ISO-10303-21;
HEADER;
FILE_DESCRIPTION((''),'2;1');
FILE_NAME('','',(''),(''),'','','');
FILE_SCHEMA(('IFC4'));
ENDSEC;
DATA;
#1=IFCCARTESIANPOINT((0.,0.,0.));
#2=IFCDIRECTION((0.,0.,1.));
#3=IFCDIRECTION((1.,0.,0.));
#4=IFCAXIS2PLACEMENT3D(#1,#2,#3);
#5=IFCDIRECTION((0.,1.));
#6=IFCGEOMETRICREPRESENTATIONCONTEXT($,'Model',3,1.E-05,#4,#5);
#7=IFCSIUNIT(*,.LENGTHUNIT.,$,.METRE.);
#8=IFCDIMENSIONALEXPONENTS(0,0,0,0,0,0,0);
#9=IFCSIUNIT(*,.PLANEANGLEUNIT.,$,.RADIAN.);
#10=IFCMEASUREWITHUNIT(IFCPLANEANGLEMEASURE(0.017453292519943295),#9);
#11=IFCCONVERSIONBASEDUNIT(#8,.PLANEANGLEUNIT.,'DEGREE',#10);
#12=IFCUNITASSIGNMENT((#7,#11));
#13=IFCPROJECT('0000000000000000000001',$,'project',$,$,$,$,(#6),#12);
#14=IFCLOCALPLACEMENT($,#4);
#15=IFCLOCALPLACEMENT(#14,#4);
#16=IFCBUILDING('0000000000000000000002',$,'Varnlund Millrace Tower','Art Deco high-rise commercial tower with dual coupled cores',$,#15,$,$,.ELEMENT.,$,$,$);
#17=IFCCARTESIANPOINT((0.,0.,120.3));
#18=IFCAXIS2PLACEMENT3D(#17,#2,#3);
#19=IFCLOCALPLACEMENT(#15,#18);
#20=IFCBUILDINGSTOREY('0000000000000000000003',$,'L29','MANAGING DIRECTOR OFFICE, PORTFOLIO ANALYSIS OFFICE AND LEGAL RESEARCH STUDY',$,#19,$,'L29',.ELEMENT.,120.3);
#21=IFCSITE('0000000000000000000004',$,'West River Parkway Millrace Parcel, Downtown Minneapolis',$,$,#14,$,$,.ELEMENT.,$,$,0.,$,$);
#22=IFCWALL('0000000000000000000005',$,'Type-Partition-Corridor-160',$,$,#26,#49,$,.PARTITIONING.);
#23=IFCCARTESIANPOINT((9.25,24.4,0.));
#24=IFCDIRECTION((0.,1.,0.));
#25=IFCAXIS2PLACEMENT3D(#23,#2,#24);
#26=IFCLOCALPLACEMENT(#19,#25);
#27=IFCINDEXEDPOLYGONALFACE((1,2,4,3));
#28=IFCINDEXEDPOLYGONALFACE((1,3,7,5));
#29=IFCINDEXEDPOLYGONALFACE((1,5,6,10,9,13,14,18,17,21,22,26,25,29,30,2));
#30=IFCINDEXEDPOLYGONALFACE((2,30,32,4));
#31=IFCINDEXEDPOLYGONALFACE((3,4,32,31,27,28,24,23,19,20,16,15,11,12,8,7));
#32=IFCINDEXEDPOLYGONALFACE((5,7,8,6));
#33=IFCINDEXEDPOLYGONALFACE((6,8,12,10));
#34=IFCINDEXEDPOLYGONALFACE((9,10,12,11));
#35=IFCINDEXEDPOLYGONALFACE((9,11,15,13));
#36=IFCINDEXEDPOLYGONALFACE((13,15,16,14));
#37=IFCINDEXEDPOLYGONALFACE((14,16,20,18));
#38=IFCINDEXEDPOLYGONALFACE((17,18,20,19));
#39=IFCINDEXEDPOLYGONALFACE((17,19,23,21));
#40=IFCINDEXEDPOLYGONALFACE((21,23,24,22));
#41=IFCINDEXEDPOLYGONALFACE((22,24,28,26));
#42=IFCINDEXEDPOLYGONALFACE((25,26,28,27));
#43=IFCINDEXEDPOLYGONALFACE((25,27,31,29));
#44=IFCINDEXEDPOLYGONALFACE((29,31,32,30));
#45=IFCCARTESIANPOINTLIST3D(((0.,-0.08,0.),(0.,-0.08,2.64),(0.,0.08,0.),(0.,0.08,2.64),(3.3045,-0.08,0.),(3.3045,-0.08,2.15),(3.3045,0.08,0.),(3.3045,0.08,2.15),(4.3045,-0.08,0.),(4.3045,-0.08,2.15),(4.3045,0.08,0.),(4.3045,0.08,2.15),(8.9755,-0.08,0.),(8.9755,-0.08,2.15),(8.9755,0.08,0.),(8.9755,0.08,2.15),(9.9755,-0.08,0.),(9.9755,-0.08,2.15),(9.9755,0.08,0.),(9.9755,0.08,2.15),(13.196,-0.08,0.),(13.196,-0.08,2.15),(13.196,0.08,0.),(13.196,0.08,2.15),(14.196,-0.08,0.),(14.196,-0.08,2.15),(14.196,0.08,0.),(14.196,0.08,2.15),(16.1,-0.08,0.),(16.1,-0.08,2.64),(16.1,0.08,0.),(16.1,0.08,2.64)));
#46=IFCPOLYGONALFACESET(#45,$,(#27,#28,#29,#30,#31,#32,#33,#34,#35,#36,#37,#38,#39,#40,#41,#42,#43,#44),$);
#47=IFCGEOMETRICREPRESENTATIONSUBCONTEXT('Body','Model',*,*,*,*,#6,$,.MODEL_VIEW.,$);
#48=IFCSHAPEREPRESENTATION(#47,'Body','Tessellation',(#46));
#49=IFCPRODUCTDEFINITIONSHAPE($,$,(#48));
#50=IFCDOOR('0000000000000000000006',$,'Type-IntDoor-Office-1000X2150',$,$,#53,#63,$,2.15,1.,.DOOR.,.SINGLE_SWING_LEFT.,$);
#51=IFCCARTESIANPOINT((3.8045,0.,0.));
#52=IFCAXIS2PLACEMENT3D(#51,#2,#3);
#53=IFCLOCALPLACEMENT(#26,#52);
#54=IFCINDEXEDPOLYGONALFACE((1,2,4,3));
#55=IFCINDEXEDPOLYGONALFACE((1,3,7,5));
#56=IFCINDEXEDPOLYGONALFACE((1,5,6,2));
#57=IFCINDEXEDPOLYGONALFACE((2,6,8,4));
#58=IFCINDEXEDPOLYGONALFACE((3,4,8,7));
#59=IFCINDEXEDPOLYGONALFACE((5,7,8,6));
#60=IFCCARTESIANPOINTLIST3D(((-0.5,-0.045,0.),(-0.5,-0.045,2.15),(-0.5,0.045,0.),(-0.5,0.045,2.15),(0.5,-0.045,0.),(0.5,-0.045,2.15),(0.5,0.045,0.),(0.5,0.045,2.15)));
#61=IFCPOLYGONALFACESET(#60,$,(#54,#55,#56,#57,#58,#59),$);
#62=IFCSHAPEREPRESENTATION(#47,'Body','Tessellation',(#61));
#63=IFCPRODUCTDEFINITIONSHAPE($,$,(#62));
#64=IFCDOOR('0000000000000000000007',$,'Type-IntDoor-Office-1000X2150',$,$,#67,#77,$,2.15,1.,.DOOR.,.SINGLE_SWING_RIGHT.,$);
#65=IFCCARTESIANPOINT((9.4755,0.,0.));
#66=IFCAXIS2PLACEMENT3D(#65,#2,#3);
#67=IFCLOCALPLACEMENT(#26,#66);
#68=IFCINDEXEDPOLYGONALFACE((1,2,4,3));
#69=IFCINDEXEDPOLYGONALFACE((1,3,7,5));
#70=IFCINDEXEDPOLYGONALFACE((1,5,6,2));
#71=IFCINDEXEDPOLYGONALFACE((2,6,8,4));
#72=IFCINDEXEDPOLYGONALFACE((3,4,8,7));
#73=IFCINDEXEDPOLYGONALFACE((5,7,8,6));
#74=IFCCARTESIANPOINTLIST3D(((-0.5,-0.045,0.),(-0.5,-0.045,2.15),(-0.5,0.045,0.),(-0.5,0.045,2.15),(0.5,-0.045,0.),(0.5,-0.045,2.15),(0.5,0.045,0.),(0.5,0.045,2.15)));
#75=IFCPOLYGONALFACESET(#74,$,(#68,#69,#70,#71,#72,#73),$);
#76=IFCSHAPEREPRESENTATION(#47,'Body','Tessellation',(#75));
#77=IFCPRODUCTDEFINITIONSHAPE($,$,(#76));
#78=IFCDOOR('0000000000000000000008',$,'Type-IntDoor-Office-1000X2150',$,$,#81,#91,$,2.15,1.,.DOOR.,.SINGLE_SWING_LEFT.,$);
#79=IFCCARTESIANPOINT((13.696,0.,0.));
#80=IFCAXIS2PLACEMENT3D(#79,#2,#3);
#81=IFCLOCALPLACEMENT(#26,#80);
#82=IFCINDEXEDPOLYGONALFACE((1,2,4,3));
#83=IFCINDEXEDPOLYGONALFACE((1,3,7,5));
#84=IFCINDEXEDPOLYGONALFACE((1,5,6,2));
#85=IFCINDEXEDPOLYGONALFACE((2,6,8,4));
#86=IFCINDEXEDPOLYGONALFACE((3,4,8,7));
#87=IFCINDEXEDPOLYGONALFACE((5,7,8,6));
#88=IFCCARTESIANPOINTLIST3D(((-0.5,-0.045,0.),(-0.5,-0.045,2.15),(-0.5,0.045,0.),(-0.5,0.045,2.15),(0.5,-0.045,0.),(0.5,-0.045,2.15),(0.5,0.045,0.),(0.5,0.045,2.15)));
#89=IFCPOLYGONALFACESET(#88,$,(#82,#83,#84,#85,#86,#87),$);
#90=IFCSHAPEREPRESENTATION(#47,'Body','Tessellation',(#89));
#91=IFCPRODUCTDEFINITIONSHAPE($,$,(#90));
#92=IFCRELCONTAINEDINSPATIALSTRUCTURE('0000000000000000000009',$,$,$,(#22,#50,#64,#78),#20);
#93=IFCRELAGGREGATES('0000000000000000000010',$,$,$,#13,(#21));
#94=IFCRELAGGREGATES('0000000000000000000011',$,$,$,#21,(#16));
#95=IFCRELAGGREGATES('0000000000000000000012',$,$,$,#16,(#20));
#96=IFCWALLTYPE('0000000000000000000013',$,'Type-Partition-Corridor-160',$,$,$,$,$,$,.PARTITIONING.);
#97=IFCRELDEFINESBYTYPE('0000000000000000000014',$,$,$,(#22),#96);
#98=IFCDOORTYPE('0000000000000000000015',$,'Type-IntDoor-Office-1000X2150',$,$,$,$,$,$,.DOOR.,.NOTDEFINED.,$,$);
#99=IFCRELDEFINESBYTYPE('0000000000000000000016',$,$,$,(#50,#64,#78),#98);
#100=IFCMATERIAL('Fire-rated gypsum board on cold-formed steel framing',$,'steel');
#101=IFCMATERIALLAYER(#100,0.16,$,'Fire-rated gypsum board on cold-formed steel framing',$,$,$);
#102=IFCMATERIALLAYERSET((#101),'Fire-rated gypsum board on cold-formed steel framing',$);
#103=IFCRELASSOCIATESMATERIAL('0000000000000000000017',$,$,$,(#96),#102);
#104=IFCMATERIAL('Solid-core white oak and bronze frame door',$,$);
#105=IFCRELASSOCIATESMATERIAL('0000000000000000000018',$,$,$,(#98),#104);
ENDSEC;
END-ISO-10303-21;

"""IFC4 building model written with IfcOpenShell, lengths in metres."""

from ifc_helpers import new_model, entity, si_unit, converted_unit, direction, frame, origin_with_axes, origin_2d_with_axis, place, context, subcontext, project, spatial, polyline, rectangle, outline, extrude, material, layer, layer_set, type_object, element, fill, save


model = new_model("IFC4")

# Units and contexts
model_context = context("Model", 3, precision=1e-05, world=origin_with_axes(), true_north=direction((0.0, 1.0)))
body_context = subcontext(model_context, "Body", "Model", "MODEL_VIEW")
ifc_project = project(units=[si_unit("LENGTHUNIT", "METRE"), converted_unit("PLANEANGLEUNIT", "DEGREE", entity("IfcPlaneAngleMeasure", 0.017453292519943295), si_unit("PLANEANGLEUNIT", "RADIAN"), dimensions=[0, 0, 0, 0, 0, 0, 0])], contexts=[model_context])

# Site, building, storey
site_placement = place(None, origin_with_axes())
site = spatial("IfcSite", under=ifc_project, at=site_placement, Name="West River Parkway Millrace Parcel, Downtown Minneapolis", CompositionType="ELEMENT", RefElevation=0.0)
building_placement = place(site_placement, origin_with_axes())
building = spatial("IfcBuilding", under=site, at=building_placement, Name="Varnlund Millrace Tower", Description="Art Deco high-rise commercial tower with dual coupled cores", CompositionType="ELEMENT")
storey_placement = place(building_placement, frame((0.0, 0.0, 120.3), z_axis=(0.0, 0.0, 1.0), x_axis=(1.0, 0.0, 0.0)))
storey = spatial("IfcBuildingStorey", under=building, at=storey_placement, Name="L29", Description="MANAGING DIRECTOR OFFICE, PORTFOLIO ANALYSIS OFFICE AND LEGAL RESEARCH STUDY", LongName="L29", CompositionType="ELEMENT", Elevation=120.3)

# Shared definitions
ifc_material_1 = material(Name="Fire-rated gypsum board on cold-formed steel framing", Category="steel")
ifc_layer_1 = layer(ifc_material_1, 0.16, Name="Fire-rated gypsum board on cold-formed steel framing")
ifc_layer_set_1 = layer_set([ifc_layer_1], Name="Fire-rated gypsum board on cold-formed steel framing")
wall_type_1 = type_object("IfcWallType", Name="Type-Partition-Corridor-160", PredefinedType="PARTITIONING", material=ifc_layer_set_1)
ifc_material_2 = material(Name="Solid-core white oak and bronze frame door")
door_type_1 = type_object("IfcDoorType", Name="Type-IntDoor-Office-1000X2150", OperationType="NOTDEFINED", PredefinedType="DOOR", material=ifc_material_2)

# Wall, openings, doors
wall_1_placement = place(storey_placement, frame((9.25, 24.4, 0.0), z_axis=(0.0, 0.0, 1.0), x_axis=(0.0, 1.0, 0.0)))
wall_1 = element("IfcWall", 1, at=wall_1_placement, inside=storey, type_object=wall_type_1, Name="Type-Partition-Corridor-160", PredefinedType="PARTITIONING", context=body_context, shape_type="SweptSolid", body=[
    extrude(outline(polyline([(0.0, -0.08), (16.1, -0.08), (16.1, 0.08), (0.0, 0.08), (0.0, -0.08)])), origin_with_axes(), (0.0, 0.0, 1.0), 2.64),
])
opening_1_placement = place(wall_1_placement, frame((3.8045, 0.0, 0.0), z_axis=(0.0, 0.0, 1.0), x_axis=(1.0, 0.0, 0.0)))
opening_1 = element("IfcOpeningElement", 2, at=opening_1_placement, cuts=wall_1, PredefinedType="OPENING", context=body_context, shape_type="SweptSolid", body=[
    extrude(rectangle(XDim=1.0, YDim=0.18, at=origin_2d_with_axis()), origin_with_axes(), (0.0, 0.0, 1.0), 2.15),
])
opening_2_placement = place(wall_1_placement, frame((9.4755, 0.0, 0.0), z_axis=(0.0, 0.0, 1.0), x_axis=(1.0, 0.0, 0.0)))
opening_2 = element("IfcOpeningElement", 3, at=opening_2_placement, cuts=wall_1, PredefinedType="OPENING", context=body_context, shape_type="SweptSolid", body=[
    extrude(rectangle(XDim=1.0, YDim=0.18, at=origin_2d_with_axis()), origin_with_axes(), (0.0, 0.0, 1.0), 2.15),
])
opening_3_placement = place(wall_1_placement, frame((13.696, 0.0, 0.0), z_axis=(0.0, 0.0, 1.0), x_axis=(1.0, 0.0, 0.0)))
opening_3 = element("IfcOpeningElement", 4, at=opening_3_placement, cuts=wall_1, PredefinedType="OPENING", context=body_context, shape_type="SweptSolid", body=[
    extrude(rectangle(XDim=1.0, YDim=0.18, at=origin_2d_with_axis()), origin_with_axes(), (0.0, 0.0, 1.0), 2.15),
])
door_1_placement = place(wall_1_placement, frame((3.8045, 0.0, 0.0), z_axis=(0.0, 0.0, 1.0), x_axis=(1.0, 0.0, 0.0)))
door_1 = element("IfcDoor", 5, at=door_1_placement, inside=storey, type_object=door_type_1, Name="Type-IntDoor-Office-1000X2150", OperationType="SINGLE_SWING_LEFT", OverallHeight=2.15, OverallWidth=1.0, PredefinedType="DOOR", context=body_context, shape_type="SweptSolid", body=[
    extrude(rectangle(XDim=1.0, YDim=0.09, at=origin_2d_with_axis()), origin_with_axes(), (0.0, 0.0, 1.0), 2.15),
])
fill(opening_1, door_1)
door_2_placement = place(wall_1_placement, frame((9.4755, 0.0, 0.0), z_axis=(0.0, 0.0, 1.0), x_axis=(1.0, 0.0, 0.0)))
door_2 = element("IfcDoor", 6, at=door_2_placement, inside=storey, type_object=door_type_1, Name="Type-IntDoor-Office-1000X2150", OperationType="SINGLE_SWING_RIGHT", OverallHeight=2.15, OverallWidth=1.0, PredefinedType="DOOR", context=body_context, shape_type="SweptSolid", body=[
    extrude(rectangle(XDim=1.0, YDim=0.09, at=origin_2d_with_axis()), origin_with_axes(), (0.0, 0.0, 1.0), 2.15),
])
fill(opening_2, door_2)
door_3_placement = place(wall_1_placement, frame((13.696, 0.0, 0.0), z_axis=(0.0, 0.0, 1.0), x_axis=(1.0, 0.0, 0.0)))
door_3 = element("IfcDoor", 7, at=door_3_placement, inside=storey, type_object=door_type_1, Name="Type-IntDoor-Office-1000X2150", OperationType="SINGLE_SWING_LEFT", OverallHeight=2.15, OverallWidth=1.0, PredefinedType="DOOR", context=body_context, shape_type="SweptSolid", body=[
    extrude(rectangle(XDim=1.0, YDim=0.09, at=origin_2d_with_axis()), origin_with_axes(), (0.0, 0.0, 1.0), 2.15),
])
fill(opening_3, door_3)

save(model, "model.ifc")
